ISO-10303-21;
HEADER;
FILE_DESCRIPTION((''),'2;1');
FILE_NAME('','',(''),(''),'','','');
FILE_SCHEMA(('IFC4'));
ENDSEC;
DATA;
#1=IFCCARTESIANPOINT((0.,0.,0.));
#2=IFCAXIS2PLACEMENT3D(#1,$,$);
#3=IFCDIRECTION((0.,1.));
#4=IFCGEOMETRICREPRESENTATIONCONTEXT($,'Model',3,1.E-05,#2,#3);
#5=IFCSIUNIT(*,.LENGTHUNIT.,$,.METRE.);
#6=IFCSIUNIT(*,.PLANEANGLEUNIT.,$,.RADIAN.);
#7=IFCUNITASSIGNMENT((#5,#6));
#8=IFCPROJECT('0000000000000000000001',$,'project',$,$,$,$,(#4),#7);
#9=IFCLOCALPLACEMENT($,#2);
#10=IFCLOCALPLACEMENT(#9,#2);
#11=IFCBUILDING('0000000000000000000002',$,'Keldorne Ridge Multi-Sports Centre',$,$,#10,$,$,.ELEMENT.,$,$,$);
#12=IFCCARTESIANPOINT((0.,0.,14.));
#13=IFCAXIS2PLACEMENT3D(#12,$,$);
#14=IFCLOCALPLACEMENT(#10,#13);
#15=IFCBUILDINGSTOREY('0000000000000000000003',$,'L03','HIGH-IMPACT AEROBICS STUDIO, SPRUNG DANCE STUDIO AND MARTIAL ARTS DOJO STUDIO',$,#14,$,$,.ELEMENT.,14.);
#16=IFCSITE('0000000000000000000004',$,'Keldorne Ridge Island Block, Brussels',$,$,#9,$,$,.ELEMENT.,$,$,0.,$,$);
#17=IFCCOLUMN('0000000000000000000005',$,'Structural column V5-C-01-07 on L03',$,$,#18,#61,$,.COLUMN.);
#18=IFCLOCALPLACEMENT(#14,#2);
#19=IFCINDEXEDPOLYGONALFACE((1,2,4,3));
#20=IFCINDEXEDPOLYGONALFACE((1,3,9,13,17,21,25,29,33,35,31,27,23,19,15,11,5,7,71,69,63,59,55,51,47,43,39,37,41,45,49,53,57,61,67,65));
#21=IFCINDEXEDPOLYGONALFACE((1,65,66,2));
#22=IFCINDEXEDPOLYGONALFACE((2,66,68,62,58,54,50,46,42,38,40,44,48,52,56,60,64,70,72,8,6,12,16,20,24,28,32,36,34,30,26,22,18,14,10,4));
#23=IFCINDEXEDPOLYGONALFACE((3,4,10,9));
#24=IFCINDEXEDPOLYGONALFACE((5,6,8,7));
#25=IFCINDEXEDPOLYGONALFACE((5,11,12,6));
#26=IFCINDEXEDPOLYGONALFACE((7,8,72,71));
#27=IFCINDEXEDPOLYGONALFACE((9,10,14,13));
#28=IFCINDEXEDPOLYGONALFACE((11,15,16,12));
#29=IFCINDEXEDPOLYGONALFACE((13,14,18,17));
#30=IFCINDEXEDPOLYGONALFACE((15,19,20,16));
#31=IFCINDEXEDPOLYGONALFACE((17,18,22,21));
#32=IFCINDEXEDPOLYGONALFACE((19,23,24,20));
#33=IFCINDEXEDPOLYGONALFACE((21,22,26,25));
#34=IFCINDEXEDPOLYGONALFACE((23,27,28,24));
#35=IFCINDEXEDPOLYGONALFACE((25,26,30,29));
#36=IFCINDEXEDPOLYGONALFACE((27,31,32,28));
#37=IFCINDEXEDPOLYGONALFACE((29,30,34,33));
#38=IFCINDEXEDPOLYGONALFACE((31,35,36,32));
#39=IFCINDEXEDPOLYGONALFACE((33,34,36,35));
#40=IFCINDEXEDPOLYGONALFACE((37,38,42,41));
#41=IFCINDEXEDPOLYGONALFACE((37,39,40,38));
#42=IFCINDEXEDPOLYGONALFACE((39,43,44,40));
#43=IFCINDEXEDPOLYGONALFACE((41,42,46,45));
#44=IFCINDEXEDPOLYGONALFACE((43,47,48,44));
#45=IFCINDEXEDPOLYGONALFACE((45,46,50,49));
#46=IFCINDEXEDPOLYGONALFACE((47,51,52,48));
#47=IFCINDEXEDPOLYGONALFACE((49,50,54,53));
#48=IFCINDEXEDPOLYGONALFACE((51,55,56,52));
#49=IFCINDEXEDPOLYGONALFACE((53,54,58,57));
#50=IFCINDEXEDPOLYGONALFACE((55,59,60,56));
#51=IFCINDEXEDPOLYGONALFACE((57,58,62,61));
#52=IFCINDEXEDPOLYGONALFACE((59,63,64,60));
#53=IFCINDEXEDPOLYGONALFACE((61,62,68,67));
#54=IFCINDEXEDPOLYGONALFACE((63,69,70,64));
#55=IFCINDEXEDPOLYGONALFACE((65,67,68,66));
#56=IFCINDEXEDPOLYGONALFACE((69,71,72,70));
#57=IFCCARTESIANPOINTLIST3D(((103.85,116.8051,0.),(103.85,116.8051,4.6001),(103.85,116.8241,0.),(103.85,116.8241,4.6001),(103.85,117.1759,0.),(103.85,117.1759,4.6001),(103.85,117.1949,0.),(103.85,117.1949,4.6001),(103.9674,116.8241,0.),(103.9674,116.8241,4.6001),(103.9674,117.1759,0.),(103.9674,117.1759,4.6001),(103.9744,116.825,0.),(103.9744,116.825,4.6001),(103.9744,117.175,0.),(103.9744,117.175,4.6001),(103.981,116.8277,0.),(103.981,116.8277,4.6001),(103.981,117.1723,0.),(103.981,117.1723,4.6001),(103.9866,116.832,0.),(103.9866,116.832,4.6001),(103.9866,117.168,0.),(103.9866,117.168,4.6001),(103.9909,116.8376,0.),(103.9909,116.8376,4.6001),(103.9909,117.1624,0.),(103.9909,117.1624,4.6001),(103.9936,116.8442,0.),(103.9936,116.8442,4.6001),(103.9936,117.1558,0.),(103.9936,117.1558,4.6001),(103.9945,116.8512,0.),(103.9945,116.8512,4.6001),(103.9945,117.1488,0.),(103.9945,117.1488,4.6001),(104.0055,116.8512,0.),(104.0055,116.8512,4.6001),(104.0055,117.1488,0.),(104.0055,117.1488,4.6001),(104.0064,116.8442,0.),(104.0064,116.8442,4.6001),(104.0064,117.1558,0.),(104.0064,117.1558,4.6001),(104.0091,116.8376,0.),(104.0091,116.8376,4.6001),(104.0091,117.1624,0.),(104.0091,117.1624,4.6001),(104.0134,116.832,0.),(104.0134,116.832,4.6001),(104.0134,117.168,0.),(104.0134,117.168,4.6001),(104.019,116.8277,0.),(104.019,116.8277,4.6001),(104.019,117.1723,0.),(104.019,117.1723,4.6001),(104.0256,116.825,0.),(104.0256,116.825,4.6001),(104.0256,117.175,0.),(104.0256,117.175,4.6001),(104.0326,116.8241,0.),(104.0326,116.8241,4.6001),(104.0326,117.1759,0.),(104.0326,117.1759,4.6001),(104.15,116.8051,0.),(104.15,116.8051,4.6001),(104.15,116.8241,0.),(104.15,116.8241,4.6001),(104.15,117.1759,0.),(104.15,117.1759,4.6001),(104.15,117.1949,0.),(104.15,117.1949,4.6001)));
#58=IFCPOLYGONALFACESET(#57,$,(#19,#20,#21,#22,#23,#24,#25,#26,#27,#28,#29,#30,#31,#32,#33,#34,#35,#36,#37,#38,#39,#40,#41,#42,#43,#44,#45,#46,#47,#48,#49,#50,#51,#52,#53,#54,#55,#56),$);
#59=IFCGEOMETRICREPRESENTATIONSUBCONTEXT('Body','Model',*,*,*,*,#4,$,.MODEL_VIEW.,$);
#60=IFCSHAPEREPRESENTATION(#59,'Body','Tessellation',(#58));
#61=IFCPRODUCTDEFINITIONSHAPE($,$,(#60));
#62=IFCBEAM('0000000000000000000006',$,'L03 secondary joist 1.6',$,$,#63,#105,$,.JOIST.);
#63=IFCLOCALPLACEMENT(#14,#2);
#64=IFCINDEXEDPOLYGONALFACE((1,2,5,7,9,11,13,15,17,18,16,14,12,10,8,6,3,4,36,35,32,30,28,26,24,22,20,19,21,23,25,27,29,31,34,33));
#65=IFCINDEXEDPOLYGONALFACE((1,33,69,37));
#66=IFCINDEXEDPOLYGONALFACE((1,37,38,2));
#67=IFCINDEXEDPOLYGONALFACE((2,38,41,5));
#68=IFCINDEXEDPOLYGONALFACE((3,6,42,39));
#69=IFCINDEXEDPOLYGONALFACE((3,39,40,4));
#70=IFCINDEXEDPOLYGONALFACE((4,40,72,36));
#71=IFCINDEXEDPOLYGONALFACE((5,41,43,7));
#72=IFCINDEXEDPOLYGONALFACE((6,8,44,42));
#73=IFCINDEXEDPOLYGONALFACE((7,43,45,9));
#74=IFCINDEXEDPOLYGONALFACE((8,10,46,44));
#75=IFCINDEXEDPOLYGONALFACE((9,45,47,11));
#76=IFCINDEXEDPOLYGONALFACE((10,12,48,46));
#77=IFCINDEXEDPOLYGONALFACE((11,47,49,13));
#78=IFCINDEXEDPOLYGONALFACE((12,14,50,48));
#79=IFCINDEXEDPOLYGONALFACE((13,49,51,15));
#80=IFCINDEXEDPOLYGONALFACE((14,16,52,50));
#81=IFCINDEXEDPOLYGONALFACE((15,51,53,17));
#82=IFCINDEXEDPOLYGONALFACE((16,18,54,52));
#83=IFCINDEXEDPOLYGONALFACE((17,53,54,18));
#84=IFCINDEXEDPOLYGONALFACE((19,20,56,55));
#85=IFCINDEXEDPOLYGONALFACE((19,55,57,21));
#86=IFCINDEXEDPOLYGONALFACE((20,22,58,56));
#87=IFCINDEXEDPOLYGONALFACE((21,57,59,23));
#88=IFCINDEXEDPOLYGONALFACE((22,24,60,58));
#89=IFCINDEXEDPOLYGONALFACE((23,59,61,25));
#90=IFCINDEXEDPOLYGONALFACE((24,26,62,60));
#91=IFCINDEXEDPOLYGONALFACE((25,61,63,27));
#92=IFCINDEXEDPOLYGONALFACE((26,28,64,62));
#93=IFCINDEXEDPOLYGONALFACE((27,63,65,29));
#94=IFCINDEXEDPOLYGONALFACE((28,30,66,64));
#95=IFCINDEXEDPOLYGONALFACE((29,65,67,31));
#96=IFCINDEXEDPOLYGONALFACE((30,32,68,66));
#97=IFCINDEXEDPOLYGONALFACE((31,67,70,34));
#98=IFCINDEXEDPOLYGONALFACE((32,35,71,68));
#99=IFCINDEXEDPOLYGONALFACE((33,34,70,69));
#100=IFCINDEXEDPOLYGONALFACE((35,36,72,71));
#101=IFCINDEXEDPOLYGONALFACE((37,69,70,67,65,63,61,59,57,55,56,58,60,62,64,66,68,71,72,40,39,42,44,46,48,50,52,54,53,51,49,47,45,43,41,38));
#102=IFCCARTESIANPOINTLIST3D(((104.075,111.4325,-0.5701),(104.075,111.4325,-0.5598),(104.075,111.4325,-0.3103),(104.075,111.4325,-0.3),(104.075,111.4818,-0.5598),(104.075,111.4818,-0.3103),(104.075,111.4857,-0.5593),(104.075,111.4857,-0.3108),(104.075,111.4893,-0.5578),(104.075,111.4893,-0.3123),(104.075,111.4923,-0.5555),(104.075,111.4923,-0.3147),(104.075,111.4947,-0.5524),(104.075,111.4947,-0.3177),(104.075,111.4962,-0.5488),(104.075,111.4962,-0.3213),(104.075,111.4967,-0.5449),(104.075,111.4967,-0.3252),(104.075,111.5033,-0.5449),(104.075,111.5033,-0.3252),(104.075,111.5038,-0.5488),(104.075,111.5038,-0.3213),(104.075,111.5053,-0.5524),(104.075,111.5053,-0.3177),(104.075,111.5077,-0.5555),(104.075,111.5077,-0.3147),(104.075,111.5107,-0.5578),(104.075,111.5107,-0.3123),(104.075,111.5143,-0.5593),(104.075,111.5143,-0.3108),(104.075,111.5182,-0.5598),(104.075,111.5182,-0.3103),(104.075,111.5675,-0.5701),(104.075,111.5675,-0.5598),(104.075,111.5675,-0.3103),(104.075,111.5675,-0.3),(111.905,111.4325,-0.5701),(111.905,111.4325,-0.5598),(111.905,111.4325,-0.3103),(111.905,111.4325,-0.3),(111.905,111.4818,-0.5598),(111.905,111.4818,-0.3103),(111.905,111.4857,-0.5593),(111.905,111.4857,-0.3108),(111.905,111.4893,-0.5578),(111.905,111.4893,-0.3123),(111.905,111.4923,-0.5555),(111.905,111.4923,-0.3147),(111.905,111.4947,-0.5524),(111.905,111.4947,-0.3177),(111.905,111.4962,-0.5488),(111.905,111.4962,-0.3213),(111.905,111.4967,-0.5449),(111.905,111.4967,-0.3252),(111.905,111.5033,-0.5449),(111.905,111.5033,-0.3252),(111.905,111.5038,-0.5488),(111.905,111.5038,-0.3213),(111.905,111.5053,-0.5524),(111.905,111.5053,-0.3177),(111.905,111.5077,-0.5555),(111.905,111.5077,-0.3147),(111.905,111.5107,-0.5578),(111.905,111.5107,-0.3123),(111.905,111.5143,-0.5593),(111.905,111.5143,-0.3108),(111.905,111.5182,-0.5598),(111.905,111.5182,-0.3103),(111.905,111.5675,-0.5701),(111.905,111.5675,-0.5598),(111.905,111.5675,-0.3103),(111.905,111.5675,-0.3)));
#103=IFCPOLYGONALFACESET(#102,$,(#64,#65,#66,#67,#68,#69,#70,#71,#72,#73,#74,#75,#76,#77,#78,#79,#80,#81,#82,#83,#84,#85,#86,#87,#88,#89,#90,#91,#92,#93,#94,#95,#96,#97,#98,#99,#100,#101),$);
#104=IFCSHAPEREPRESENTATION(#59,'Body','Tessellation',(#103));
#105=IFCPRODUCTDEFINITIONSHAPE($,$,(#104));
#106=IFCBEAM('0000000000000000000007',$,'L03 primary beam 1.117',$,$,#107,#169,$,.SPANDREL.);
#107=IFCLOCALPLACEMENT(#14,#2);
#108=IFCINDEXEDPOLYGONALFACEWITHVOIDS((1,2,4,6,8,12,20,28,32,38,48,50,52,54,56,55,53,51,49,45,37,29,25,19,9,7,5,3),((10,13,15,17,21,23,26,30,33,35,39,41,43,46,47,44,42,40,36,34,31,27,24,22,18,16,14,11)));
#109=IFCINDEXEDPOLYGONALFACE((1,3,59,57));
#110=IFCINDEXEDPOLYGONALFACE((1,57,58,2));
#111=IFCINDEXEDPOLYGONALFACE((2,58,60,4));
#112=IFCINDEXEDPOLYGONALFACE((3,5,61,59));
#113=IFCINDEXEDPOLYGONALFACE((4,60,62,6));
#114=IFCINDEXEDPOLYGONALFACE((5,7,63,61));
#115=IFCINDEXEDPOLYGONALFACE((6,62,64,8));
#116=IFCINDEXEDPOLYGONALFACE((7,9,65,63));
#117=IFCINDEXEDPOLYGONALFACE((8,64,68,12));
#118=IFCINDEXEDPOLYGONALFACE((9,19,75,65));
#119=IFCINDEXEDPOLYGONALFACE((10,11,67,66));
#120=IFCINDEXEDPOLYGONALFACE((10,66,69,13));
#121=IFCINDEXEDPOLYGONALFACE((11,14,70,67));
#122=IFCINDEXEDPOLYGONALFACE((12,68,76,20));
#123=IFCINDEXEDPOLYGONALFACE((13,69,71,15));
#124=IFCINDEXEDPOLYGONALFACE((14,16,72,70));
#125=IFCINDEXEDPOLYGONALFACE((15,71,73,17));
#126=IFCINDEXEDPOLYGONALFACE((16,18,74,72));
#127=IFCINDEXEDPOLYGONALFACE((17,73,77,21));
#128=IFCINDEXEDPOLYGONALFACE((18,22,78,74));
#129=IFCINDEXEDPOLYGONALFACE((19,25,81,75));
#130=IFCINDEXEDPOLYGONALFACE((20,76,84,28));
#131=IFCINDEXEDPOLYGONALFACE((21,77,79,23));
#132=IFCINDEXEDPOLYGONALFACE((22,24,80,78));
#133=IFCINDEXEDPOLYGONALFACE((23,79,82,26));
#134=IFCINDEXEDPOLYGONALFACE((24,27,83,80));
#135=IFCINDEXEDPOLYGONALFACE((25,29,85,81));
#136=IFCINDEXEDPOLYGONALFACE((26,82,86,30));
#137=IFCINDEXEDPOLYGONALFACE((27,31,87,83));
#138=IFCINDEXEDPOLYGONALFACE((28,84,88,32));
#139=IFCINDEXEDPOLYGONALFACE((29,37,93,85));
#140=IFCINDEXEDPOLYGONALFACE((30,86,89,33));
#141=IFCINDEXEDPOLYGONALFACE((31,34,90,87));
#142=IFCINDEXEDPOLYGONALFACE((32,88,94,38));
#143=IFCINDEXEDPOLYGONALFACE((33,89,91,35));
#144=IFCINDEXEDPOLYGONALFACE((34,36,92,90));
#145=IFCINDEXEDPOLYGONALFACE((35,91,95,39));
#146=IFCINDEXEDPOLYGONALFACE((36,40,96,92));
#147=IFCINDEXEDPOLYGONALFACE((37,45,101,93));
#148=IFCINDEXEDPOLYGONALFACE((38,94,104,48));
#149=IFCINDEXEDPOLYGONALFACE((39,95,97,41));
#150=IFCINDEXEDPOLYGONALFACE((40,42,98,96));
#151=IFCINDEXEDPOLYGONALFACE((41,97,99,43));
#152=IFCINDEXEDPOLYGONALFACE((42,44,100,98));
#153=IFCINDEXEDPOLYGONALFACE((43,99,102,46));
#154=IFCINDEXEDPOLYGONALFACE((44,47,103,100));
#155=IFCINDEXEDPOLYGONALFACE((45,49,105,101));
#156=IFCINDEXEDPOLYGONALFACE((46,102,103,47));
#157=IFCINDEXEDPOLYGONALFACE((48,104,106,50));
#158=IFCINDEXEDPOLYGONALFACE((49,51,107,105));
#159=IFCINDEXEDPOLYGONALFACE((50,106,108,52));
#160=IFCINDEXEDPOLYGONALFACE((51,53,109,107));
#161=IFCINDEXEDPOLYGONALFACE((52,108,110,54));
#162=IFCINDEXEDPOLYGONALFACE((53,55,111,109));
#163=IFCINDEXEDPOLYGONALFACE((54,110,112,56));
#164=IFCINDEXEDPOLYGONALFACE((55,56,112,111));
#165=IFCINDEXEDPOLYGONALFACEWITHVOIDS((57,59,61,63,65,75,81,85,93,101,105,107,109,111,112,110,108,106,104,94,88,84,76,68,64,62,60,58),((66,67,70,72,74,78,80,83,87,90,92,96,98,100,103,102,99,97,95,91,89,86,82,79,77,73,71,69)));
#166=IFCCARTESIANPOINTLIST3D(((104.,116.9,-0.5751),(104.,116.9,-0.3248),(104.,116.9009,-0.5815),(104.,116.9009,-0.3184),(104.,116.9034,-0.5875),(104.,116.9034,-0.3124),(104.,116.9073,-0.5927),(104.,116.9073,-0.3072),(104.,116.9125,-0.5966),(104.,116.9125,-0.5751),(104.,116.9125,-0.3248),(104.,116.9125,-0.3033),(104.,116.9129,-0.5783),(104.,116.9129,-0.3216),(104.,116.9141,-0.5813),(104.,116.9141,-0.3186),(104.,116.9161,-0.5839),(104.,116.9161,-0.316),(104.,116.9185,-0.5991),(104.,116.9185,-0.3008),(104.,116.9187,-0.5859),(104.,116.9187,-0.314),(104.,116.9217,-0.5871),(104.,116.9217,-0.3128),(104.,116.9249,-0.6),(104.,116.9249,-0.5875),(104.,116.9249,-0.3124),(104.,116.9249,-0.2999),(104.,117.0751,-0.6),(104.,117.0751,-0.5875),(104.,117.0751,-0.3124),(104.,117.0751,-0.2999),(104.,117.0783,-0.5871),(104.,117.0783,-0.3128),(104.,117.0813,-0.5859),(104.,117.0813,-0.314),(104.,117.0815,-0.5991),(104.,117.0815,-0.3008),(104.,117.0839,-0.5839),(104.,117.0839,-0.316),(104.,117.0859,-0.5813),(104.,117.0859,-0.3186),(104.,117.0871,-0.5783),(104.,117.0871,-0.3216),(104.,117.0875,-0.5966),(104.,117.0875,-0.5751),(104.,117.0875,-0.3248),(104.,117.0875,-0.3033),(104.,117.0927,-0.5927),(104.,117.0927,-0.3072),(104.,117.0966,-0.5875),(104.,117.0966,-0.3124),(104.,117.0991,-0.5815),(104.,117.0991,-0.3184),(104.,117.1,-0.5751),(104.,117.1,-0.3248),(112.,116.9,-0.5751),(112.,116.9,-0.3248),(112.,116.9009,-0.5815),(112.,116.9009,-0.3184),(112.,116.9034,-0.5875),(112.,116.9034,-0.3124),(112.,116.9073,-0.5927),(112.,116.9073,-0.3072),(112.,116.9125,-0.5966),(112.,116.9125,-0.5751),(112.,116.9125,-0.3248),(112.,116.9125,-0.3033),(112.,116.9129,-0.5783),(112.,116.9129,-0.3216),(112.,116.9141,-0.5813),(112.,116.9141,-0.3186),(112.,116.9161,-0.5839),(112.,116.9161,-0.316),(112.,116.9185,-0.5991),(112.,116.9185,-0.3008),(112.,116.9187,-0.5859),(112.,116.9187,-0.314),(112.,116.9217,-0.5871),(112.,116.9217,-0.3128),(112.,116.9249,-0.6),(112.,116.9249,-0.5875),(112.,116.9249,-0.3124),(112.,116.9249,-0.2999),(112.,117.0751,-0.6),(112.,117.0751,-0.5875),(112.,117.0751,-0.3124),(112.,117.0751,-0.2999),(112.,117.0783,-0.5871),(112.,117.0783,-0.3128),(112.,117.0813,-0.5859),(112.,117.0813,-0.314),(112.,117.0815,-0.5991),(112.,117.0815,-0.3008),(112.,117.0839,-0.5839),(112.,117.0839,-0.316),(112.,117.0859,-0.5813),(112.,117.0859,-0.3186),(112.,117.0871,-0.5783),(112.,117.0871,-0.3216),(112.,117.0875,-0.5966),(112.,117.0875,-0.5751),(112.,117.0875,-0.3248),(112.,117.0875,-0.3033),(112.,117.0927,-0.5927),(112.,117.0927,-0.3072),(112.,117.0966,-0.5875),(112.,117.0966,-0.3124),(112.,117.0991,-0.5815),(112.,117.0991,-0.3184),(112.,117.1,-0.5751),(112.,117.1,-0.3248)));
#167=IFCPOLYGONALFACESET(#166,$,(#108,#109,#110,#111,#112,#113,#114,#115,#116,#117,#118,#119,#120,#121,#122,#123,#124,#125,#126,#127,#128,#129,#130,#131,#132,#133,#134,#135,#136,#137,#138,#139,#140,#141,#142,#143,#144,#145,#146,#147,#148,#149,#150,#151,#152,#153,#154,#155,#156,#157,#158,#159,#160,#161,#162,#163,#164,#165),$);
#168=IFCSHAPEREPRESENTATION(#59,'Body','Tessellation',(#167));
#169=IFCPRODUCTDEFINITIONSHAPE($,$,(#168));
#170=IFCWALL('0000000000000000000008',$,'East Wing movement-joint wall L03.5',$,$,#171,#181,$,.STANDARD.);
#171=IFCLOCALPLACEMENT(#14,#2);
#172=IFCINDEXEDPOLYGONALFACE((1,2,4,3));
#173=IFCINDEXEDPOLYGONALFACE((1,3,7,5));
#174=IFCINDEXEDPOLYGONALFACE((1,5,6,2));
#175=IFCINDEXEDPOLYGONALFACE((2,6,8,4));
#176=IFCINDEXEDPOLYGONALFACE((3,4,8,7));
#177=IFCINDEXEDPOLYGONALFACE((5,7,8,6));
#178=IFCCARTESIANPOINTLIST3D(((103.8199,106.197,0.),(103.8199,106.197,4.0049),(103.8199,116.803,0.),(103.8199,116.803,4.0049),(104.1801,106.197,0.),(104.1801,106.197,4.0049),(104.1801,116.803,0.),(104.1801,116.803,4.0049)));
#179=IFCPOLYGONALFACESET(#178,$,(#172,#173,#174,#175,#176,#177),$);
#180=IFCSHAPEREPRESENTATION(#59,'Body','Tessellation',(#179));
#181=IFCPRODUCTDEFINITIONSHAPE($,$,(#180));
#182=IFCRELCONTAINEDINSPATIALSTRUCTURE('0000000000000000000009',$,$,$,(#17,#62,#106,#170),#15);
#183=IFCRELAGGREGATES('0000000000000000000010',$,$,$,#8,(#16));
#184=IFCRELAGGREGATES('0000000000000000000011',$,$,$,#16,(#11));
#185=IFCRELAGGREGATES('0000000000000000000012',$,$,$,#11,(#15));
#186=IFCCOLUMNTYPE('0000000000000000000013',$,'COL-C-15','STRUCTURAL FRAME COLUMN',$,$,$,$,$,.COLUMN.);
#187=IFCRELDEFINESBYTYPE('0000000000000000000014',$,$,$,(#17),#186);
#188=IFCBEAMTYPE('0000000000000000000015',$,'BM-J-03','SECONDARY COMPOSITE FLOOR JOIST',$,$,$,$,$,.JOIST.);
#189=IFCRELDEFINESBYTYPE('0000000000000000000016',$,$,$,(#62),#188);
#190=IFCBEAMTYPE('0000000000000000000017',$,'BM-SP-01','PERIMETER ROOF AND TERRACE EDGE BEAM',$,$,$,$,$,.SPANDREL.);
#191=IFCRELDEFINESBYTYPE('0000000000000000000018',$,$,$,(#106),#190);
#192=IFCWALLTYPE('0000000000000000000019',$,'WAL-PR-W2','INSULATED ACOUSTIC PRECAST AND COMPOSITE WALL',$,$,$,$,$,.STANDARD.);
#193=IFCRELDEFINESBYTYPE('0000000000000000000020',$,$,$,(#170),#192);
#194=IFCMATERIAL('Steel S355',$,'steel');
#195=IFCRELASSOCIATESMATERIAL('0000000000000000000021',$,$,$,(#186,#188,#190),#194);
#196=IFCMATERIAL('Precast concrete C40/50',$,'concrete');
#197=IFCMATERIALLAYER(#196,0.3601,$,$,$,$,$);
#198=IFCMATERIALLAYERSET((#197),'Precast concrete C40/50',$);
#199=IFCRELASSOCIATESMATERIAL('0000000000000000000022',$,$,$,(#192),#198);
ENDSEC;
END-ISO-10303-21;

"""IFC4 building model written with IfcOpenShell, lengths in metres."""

from ifc_helpers import new_model, si_unit, direction, frame, frame_2d, origin, origin_2d, place, context, subcontext, project, spatial, rectangle, hollow_rectangle, i_section, extrude, material, layer, layer_set, material_profile, profile_set, type_object, element, save


model = new_model("IFC4")

# Units and contexts
model_context = context("Model", 3, precision=1e-05, world=origin(), true_north=direction((0.0, 1.0)))
body_context = subcontext(model_context, "Body", "Model", "MODEL_VIEW")
ifc_project = project(units=[si_unit("LENGTHUNIT", "METRE"), si_unit("PLANEANGLEUNIT", "RADIAN")], contexts=[model_context])

# Site, building, storey
site_placement = place(None, origin())
site = spatial("IfcSite", under=ifc_project, at=site_placement, Name="Keldorne Ridge Island Block, Brussels", CompositionType="ELEMENT", RefElevation=0.0)
building_placement = place(site_placement, origin())
building = spatial("IfcBuilding", under=site, at=building_placement, Name="Keldorne Ridge Multi-Sports Centre", CompositionType="ELEMENT")
storey_placement = place(building_placement, frame((0.0, 0.0, 14.0)))
storey = spatial("IfcBuildingStorey", under=building, at=storey_placement, Name="L03", Description="HIGH-IMPACT AEROBICS STUDIO, SPRUNG DANCE STUDIO AND MARTIAL ARTS DOJO STUDIO", CompositionType="ELEMENT", Elevation=14.0)

# Column
ifc_material_1 = material(Name="Steel S355", Category="steel")
ifc_material_profile_1 = material_profile(ifc_material_1, i_section(OverallWidth=0.3, OverallDepth=0.3899, WebThickness=0.011, FlangeThickness=0.019, FilletRadius=0.0271, at=origin_2d()), Name="HEA 400")
ifc_profile_set_1 = profile_set([ifc_material_profile_1], Name="Steel S355")
column_type = type_object("IfcColumnType", Name="COL-C-15", Description="STRUCTURAL FRAME COLUMN", PredefinedType="COLUMN", material=ifc_profile_set_1)
column_placement = place(storey_placement, frame((104.0, 117.0, 0.0), z_axis=(0.0, 0.0, 1.0), x_axis=(1.0, 0.0, 0.0)))
element("IfcColumn", 1, at=column_placement, inside=storey, type_object=column_type, Name="Structural column V5-C-01-07 on L03", PredefinedType="COLUMN", context=body_context, shape_type="SweptSolid", body=[
    extrude(i_section(OverallWidth=0.3, OverallDepth=0.3899, WebThickness=0.011, FlangeThickness=0.019, FilletRadius=0.0271, at=origin_2d()), origin(), (0.0, 0.0, 1.0), 4.6001),
])

# Beams
ifc_material_profile_2 = material_profile(ifc_material_1, i_section(OverallWidth=0.135, OverallDepth=0.27, WebThickness=0.0066, FlangeThickness=0.0103, FilletRadius=0.0149, at=origin_2d()), Name="IPE 270")
ifc_profile_set_2 = profile_set([ifc_material_profile_2], Name="Steel S355")
beam_type_1 = type_object("IfcBeamType", Name="BM-J-03", Description="SECONDARY COMPOSITE FLOOR JOIST", PredefinedType="JOIST", material=ifc_profile_set_2)
beam_1_placement = place(storey_placement, frame((104.075, 111.5, -0.4351), z_axis=(1.0, 0.0, 0.0), x_axis=(0.0, 1.0, 0.0)))
element("IfcBeam", 2, at=beam_1_placement, inside=storey, type_object=beam_type_1, Name="L03 secondary joist 1.6", PredefinedType="JOIST", context=body_context, shape_type="SweptSolid", body=[
    extrude(i_section(OverallWidth=0.135, OverallDepth=0.27, WebThickness=0.0066, FlangeThickness=0.0103, FilletRadius=0.0149, at=origin_2d()), origin(), (0.0, 0.0, 1.0), 7.8301),
])
ifc_material_profile_3 = material_profile(ifc_material_1, hollow_rectangle(XDim=0.2, YDim=0.3, WallThickness=0.0125, InnerFilletRadius=0.0125, OuterFilletRadius=0.0249, at=origin_2d()), Name="RHS 300x200x12.5")
ifc_profile_set_3 = profile_set([ifc_material_profile_3], Name="Steel S355")
beam_type_2 = type_object("IfcBeamType", Name="BM-SP-01", Description="PERIMETER ROOF AND TERRACE EDGE BEAM", PredefinedType="SPANDREL", material=ifc_profile_set_3)
beam_2_placement = place(storey_placement, frame((104.0, 117.0, -0.45), z_axis=(1.0, 0.0, 0.0), x_axis=(0.0, 1.0, 0.0)))
element("IfcBeam", 3, at=beam_2_placement, inside=storey, type_object=beam_type_2, Name="L03 primary beam 1.117", PredefinedType="SPANDREL", context=body_context, shape_type="SweptSolid", body=[
    extrude(hollow_rectangle(XDim=0.2, YDim=0.3, WallThickness=0.0125, InnerFilletRadius=0.0125, OuterFilletRadius=0.0249, at=origin_2d()), origin(), (0.0, 0.0, 1.0), 8.0),
])

# Wall
ifc_material_2 = material(Name="Precast concrete C40/50", Category="concrete")
ifc_layer_1 = layer(ifc_material_2, 0.3601)
ifc_layer_set_1 = layer_set([ifc_layer_1], Name="Precast concrete C40/50")
wall_type_1 = type_object("IfcWallType", Name="WAL-PR-W2", Description="INSULATED ACOUSTIC PRECAST AND COMPOSITE WALL", PredefinedType="STANDARD", material=ifc_layer_set_1)
wall_1_placement = place(storey_placement, frame((104.0, 116.803, 0.0), z_axis=(0.0, 0.0, 1.0), x_axis=(0.0, -1.0, 0.0)))
element("IfcWall", 4, at=wall_1_placement, inside=storey, type_object=wall_type_1, Name="East Wing movement-joint wall L03.5", PredefinedType="STANDARD", context=body_context, shape_type="SweptSolid", body=[
    extrude(rectangle(XDim=10.606, YDim=0.3601, at=frame_2d((5.303, 0.0))), origin(), (0.0, 0.0, 1.0), 4.0049),
])

save(model, "model.ifc")
